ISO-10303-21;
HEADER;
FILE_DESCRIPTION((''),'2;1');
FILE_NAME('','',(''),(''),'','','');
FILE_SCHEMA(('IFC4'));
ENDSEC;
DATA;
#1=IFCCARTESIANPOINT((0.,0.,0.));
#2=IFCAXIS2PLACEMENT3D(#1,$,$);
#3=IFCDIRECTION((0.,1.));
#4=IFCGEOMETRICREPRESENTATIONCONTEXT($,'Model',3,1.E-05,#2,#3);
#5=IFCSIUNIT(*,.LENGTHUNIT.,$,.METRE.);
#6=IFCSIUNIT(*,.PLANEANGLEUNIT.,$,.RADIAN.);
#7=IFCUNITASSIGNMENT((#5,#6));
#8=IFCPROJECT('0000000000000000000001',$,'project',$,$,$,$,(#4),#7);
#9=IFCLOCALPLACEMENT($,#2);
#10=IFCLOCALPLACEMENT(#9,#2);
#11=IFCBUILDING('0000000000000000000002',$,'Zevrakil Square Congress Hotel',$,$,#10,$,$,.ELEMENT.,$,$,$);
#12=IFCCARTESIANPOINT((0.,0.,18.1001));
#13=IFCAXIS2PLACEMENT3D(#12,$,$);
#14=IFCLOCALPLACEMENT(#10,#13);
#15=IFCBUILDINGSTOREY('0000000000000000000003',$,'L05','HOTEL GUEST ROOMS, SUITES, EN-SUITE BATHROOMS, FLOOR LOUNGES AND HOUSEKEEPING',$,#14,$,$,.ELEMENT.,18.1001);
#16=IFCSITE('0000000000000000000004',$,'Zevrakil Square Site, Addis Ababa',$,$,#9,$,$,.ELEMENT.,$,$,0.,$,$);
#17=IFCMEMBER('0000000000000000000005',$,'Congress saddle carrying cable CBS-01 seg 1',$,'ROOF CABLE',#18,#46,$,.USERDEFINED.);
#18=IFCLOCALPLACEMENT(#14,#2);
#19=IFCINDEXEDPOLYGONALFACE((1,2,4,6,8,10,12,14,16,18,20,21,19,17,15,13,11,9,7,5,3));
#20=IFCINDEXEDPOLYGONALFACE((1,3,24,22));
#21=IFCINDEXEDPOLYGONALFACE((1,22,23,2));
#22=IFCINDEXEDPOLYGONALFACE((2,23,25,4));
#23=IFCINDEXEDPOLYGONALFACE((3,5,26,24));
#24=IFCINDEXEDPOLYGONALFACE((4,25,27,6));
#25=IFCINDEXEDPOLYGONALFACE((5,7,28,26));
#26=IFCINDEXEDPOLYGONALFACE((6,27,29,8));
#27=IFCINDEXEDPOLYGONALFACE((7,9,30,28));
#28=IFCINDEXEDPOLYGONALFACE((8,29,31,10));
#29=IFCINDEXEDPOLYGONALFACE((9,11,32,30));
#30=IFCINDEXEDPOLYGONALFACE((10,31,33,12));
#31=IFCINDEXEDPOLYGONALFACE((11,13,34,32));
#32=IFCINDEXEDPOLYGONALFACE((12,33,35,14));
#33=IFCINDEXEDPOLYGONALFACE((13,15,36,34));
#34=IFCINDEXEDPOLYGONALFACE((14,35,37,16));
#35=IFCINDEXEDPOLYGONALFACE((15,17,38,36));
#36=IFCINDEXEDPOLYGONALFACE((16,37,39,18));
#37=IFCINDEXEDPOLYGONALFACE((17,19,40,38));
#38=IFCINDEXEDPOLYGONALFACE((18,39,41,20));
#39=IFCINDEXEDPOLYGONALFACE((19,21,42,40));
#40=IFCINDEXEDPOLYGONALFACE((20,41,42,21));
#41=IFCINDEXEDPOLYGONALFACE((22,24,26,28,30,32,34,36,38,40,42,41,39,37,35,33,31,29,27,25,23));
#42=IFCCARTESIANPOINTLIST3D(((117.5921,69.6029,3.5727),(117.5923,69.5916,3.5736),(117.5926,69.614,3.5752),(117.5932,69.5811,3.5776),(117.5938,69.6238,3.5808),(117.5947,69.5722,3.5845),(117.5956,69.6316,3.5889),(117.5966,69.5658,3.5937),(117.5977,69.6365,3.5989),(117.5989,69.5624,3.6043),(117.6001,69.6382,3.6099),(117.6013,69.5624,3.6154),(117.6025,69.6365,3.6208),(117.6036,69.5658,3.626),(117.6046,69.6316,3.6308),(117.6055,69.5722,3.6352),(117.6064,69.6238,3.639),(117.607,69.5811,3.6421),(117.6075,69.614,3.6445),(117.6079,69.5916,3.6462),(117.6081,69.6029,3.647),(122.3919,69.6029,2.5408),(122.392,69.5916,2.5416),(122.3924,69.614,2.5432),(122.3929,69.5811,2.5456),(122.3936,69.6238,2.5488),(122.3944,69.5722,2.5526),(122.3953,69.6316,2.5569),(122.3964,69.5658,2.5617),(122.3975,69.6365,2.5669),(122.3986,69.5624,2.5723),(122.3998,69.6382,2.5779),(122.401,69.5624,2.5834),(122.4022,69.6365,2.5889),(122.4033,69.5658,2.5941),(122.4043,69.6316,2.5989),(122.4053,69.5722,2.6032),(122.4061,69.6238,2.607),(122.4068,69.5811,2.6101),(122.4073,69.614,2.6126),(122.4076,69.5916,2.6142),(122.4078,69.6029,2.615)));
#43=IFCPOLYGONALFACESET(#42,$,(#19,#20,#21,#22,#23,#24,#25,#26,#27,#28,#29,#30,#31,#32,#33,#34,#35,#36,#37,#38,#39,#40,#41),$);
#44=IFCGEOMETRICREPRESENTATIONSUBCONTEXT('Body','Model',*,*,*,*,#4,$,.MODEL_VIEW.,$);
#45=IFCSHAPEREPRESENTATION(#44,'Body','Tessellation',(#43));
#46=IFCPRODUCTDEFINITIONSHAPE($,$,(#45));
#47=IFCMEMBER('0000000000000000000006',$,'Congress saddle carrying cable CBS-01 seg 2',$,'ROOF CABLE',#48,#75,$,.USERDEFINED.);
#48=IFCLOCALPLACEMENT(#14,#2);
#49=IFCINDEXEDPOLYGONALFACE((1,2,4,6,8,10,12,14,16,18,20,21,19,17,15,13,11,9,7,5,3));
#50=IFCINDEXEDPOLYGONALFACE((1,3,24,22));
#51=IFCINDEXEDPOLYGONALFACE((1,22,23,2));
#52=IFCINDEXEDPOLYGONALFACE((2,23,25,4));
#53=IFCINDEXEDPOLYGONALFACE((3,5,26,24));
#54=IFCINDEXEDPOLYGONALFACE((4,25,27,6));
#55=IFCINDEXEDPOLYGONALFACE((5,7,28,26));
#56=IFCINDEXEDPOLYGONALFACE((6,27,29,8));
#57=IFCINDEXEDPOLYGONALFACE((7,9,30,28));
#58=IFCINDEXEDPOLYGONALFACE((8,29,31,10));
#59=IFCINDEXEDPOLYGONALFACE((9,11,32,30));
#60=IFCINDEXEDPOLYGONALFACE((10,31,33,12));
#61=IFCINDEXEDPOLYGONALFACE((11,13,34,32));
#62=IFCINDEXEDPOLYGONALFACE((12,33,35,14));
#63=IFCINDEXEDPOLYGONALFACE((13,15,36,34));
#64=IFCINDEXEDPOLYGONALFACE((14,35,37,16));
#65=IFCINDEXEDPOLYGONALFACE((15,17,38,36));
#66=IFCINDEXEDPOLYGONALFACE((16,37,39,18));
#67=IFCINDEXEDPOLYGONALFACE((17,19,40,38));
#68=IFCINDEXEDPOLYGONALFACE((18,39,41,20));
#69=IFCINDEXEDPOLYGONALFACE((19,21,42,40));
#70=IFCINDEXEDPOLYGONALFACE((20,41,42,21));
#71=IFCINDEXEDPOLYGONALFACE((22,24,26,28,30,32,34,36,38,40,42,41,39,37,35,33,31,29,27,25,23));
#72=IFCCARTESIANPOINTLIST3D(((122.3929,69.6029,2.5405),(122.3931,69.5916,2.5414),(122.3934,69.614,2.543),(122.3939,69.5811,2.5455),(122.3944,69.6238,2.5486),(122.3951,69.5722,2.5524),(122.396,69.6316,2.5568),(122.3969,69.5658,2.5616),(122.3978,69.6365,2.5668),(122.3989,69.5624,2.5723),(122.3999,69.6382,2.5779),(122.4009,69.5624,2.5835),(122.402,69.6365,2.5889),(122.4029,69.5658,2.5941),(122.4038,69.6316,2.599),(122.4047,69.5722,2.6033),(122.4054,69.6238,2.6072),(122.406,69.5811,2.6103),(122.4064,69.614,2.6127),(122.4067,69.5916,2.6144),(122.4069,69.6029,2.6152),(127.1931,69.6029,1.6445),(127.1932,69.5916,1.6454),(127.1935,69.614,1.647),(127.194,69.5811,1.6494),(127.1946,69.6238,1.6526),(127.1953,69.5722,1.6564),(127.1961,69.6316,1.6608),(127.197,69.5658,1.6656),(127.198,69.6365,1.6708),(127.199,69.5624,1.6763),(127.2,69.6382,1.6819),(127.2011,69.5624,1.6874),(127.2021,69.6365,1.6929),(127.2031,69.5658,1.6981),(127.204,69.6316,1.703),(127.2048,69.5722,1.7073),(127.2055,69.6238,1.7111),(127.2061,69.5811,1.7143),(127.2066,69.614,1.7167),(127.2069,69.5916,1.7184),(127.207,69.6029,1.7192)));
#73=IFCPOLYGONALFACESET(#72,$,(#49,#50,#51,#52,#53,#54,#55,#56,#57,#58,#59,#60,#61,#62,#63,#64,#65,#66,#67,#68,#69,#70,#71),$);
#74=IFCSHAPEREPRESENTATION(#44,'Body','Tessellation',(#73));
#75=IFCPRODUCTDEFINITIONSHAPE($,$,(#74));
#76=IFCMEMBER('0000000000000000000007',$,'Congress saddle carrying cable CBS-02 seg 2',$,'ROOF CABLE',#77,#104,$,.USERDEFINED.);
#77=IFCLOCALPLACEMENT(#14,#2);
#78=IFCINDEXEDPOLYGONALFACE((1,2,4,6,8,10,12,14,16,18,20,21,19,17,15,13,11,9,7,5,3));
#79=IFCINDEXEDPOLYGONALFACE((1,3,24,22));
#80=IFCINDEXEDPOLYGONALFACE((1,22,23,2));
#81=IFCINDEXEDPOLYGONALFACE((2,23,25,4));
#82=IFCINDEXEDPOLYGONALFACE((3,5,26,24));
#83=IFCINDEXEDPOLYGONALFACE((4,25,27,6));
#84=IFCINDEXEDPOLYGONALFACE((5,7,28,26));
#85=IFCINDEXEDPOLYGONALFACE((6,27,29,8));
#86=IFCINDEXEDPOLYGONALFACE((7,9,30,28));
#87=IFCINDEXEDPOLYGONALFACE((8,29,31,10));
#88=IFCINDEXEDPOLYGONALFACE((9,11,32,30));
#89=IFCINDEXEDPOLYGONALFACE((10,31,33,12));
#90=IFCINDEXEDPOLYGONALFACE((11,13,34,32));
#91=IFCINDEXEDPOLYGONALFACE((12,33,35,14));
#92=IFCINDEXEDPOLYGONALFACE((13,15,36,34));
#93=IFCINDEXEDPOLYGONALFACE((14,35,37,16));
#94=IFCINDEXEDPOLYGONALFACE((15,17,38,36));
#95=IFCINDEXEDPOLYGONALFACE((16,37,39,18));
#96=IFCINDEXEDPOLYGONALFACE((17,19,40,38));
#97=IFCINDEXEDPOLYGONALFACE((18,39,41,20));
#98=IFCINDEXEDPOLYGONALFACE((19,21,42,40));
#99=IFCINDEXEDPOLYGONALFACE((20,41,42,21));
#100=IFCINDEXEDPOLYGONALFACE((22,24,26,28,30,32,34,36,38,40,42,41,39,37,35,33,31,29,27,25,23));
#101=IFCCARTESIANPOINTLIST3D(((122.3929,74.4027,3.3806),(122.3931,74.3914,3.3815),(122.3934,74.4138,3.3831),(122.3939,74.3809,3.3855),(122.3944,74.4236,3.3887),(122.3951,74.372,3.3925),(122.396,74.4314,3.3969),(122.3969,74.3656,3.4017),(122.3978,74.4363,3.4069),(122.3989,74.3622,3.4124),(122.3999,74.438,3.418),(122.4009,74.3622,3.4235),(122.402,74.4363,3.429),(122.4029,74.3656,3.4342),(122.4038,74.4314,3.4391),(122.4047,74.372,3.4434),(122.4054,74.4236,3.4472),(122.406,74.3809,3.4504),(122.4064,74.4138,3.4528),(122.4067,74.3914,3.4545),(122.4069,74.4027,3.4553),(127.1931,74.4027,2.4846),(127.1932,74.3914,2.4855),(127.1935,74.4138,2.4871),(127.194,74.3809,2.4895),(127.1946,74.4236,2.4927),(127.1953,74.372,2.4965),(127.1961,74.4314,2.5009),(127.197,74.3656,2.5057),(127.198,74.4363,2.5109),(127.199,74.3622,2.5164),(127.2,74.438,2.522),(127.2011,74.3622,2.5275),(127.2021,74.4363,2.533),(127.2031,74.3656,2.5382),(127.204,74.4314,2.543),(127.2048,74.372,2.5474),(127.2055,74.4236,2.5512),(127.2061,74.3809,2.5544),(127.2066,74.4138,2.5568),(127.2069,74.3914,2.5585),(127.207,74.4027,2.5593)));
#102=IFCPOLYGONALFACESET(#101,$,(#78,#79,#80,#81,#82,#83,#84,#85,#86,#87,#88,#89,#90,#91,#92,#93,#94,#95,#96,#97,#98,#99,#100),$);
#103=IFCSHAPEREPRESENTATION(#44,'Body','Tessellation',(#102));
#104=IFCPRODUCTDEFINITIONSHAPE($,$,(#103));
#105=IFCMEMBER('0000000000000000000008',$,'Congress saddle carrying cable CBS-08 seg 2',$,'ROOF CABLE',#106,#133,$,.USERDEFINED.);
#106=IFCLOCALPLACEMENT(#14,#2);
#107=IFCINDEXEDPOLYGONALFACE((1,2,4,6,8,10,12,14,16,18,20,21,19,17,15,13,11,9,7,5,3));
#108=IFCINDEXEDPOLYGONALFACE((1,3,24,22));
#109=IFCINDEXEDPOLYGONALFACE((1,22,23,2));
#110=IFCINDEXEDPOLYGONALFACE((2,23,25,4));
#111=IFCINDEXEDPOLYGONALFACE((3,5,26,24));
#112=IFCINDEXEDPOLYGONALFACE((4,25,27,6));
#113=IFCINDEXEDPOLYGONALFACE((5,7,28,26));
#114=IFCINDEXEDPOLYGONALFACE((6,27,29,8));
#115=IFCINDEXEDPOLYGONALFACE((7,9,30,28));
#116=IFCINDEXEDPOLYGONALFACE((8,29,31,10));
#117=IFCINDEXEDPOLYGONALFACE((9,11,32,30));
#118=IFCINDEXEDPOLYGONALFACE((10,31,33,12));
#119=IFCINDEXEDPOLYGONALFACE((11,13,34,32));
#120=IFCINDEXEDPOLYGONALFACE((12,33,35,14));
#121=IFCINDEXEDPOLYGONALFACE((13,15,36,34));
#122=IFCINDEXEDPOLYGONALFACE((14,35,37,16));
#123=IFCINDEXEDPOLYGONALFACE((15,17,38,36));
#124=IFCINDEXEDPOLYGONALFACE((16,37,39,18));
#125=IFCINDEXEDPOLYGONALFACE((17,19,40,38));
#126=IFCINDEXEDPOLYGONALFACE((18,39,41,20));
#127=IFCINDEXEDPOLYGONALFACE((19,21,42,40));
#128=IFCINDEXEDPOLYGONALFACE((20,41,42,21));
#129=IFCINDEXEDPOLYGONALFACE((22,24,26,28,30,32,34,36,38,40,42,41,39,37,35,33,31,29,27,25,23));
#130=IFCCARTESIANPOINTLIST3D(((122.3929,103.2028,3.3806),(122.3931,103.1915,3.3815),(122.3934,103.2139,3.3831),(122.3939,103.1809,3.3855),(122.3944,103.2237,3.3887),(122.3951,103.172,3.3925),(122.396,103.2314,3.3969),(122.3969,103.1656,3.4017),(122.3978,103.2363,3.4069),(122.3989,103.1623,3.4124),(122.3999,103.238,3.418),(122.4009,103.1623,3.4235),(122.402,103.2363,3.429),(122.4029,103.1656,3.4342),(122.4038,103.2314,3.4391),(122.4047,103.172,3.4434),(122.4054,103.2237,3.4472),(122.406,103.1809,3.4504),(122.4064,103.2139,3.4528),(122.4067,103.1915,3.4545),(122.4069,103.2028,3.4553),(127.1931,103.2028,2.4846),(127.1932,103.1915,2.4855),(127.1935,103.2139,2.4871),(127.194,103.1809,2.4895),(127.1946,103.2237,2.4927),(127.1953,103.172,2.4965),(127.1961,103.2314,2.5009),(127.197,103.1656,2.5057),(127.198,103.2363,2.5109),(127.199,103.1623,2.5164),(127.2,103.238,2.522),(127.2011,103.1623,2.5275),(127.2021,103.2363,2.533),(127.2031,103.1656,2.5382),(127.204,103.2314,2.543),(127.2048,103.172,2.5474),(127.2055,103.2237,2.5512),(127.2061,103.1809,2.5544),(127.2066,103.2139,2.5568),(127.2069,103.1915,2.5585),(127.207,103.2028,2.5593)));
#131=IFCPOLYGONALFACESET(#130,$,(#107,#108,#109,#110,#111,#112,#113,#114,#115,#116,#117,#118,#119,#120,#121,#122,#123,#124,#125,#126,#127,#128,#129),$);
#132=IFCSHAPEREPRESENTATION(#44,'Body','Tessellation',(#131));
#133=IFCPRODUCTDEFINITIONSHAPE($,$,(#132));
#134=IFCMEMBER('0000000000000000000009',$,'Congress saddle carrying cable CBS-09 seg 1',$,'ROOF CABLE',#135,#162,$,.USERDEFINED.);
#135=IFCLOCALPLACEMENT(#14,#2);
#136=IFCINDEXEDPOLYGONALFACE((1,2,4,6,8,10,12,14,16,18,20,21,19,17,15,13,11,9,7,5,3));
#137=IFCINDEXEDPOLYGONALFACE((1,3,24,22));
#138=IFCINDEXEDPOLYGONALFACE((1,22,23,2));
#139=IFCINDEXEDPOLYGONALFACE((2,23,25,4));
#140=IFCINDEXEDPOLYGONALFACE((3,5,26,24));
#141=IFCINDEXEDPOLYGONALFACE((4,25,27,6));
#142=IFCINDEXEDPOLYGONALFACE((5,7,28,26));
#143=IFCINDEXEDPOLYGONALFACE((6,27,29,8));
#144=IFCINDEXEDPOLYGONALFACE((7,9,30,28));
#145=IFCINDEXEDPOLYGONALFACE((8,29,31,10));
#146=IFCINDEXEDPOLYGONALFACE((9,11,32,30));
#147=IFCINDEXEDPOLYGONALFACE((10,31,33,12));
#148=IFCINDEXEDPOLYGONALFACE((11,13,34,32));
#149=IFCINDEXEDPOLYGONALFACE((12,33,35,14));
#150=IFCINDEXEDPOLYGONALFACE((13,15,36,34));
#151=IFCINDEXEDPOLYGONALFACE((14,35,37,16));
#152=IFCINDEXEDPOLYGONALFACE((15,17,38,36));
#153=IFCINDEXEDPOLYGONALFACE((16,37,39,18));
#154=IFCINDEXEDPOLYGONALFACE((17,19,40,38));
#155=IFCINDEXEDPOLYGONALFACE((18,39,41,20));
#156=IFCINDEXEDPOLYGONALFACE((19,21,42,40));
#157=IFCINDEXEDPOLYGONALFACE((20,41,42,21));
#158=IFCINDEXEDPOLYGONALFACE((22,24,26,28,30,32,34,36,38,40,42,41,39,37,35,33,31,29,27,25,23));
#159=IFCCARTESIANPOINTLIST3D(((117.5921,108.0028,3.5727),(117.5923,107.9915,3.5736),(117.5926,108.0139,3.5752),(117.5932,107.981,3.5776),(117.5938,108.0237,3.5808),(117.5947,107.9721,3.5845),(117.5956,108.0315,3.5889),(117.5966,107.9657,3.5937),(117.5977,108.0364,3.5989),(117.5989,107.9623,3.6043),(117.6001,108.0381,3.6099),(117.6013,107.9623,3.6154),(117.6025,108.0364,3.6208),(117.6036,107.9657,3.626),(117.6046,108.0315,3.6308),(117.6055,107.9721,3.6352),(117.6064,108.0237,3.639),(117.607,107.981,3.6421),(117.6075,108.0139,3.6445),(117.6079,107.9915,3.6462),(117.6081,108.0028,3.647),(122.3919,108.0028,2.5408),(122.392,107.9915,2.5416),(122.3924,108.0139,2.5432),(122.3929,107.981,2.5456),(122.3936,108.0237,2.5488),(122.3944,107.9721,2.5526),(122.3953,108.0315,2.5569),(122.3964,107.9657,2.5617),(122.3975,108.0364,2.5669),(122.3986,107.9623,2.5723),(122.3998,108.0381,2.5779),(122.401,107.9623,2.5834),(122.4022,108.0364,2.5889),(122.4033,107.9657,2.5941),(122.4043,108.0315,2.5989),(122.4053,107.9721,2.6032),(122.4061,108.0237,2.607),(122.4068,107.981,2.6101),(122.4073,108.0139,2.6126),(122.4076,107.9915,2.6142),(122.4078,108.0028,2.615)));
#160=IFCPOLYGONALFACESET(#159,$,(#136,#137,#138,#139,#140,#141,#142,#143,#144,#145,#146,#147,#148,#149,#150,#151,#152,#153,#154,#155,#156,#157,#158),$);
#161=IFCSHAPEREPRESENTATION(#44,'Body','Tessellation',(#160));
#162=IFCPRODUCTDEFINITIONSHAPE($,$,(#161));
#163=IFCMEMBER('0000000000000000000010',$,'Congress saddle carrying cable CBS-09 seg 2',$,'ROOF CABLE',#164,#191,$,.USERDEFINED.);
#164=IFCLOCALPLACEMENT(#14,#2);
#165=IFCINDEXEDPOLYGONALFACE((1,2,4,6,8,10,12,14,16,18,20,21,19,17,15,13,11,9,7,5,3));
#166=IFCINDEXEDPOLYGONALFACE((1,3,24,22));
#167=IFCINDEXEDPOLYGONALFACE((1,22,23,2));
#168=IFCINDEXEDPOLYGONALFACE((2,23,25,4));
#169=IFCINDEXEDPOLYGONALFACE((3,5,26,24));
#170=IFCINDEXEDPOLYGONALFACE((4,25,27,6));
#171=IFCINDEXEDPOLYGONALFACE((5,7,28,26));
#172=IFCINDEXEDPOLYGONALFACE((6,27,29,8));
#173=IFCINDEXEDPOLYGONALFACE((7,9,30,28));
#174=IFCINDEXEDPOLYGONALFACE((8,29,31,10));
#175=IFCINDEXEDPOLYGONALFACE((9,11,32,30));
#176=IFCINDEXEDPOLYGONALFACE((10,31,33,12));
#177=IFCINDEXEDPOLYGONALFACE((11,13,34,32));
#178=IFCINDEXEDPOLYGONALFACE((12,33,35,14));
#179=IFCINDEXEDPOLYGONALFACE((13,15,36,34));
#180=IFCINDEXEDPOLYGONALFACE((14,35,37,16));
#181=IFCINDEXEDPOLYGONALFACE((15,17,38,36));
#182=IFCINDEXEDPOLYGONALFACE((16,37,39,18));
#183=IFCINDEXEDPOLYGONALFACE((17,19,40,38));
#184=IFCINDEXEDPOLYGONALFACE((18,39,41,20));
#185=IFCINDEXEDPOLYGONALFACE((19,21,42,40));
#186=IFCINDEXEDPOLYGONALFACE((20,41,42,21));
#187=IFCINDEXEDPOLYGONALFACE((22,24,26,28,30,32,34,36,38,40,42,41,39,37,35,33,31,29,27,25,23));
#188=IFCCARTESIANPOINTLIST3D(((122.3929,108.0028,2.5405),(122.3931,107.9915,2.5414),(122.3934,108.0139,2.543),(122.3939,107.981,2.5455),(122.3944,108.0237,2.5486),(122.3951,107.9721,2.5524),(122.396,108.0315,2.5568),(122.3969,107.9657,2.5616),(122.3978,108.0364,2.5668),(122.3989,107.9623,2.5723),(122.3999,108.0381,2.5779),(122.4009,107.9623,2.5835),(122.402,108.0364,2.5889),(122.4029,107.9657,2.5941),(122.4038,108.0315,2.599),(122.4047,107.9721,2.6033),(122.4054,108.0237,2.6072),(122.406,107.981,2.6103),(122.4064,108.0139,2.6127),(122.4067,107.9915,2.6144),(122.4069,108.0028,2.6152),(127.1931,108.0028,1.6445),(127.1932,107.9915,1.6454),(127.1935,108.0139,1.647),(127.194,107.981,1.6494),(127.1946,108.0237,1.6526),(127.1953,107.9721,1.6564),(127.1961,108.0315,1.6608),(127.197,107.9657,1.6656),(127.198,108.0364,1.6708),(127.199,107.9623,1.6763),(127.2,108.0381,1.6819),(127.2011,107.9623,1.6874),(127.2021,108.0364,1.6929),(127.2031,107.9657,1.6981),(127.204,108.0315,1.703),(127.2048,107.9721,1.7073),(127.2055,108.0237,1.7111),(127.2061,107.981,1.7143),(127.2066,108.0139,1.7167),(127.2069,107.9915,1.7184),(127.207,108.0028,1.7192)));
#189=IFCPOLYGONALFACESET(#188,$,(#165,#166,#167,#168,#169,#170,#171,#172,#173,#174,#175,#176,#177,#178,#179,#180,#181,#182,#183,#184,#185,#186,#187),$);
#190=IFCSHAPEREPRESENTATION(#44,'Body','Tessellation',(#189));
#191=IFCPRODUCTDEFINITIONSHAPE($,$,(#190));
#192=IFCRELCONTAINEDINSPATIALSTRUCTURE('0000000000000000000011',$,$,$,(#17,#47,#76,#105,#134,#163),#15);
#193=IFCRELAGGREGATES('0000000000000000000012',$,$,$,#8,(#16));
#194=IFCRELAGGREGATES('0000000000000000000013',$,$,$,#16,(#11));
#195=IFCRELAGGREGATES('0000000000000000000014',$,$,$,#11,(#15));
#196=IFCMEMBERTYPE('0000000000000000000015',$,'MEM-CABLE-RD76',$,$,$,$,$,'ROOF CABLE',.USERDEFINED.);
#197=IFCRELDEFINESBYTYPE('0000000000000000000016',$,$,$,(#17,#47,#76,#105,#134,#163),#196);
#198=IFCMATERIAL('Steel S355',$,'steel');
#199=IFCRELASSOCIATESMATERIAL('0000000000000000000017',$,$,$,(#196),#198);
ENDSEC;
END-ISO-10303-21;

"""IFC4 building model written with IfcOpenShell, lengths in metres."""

from ifc_helpers import new_model, si_unit, direction, frame, origin, origin_2d, place, context, subcontext, project, spatial, circle, extrude, material, material_profile, profile_set, type_object, element, save


model = new_model("IFC4")

# Units and contexts
model_context = context("Model", 3, precision=1e-05, world=origin(), true_north=direction((0.0, 1.0)))
body_context = subcontext(model_context, "Body", "Model", "MODEL_VIEW")
ifc_project = project(units=[si_unit("LENGTHUNIT", "METRE"), si_unit("PLANEANGLEUNIT", "RADIAN")], contexts=[model_context])

# Site, building, storey
site_placement = place(None, origin())
site = spatial("IfcSite", under=ifc_project, at=site_placement, Name="Zevrakil Square Site, Addis Ababa", CompositionType="ELEMENT", RefElevation=0.0)
building_placement = place(site_placement, origin())
building = spatial("IfcBuilding", under=site, at=building_placement, Name="Zevrakil Square Congress Hotel", CompositionType="ELEMENT")
storey_placement = place(building_placement, frame((0.0, 0.0, 18.1001)))
storey = spatial("IfcBuildingStorey", under=building, at=storey_placement, Name="L05", Description="HOTEL GUEST ROOMS, SUITES, EN-SUITE BATHROOMS, FLOOR LOUNGES AND HOUSEKEEPING", CompositionType="ELEMENT", Elevation=18.1001)

# Members
ifc_material_1 = material(Name="Steel S355", Category="steel")
ifc_material_profile_1 = material_profile(ifc_material_1, circle(Radius=0.0381, at=origin_2d()), Name="CABLE RD76")
ifc_profile_set_1 = profile_set([ifc_material_profile_1], Name="Steel S355")
member_type_1 = type_object("IfcMemberType", Name="MEM-CABLE-RD76", ElementType="ROOF CABLE", PredefinedType="USERDEFINED", material=ifc_profile_set_1)
member_1_placement = place(storey_placement, frame((117.6001, 69.6001, 3.6099), z_axis=(0.977658, 0.0, -0.210201), x_axis=(0.0, 1.0, 0.0)))
element("IfcMember", 1, at=member_1_placement, inside=storey, type_object=member_type_1, Name="Congress saddle carrying cable CBS-01 seg 1", ObjectType="ROOF CABLE", PredefinedType="USERDEFINED", context=body_context, shape_type="SweptSolid", body=[
    extrude(circle(Radius=0.0381, at=origin_2d()), origin(), (0.0, 0.0, 1.0), 4.9094),
])
for number, where, z_axis, x_axis, name in (
    (2, (122.3999, 69.6001, 2.5779), (0.983021, 0.0, -0.183495), (0.0, 1.0, 0.0), "Congress saddle carrying cable CBS-01 seg 2"),
    (3, (122.3999, 74.3999, 3.418), (0.983021, 0.0, -0.183495), (0.0, 1.0, 0.0), "Congress saddle carrying cable CBS-02 seg 2"),
    (4, (122.3999, 103.2, 3.418), (0.983021, 0.0, -0.183495), (0.0, 1.0, 0.0), "Congress saddle carrying cable CBS-08 seg 2"),
):
    element("IfcMember", number, at=place(storey_placement, frame(where, z_axis=z_axis, x_axis=x_axis)), inside=storey, type_object=member_type_1, Name=name, ObjectType="ROOF CABLE", PredefinedType="USERDEFINED", context=body_context, shape_type="SweptSolid", body=[
        extrude(circle(Radius=0.0381, at=origin_2d()), origin(), (0.0, 0.0, 1.0), 4.8831),
    ])
member_2_placement = place(storey_placement, frame((117.6001, 108.0, 3.6099), z_axis=(0.977658, 0.0, -0.210201), x_axis=(0.0, 1.0, 0.0)))
element("IfcMember", 5, at=member_2_placement, inside=storey, type_object=member_type_1, Name="Congress saddle carrying cable CBS-09 seg 1", ObjectType="ROOF CABLE", PredefinedType="USERDEFINED", context=body_context, shape_type="SweptSolid", body=[
    extrude(circle(Radius=0.0381, at=origin_2d()), origin(), (0.0, 0.0, 1.0), 4.9094),
])
member_3_placement = place(storey_placement, frame((122.3999, 108.0, 2.5779), z_axis=(0.983021, 0.0, -0.183495), x_axis=(0.0, 1.0, 0.0)))
element("IfcMember", 6, at=member_3_placement, inside=storey, type_object=member_type_1, Name="Congress saddle carrying cable CBS-09 seg 2", ObjectType="ROOF CABLE", PredefinedType="USERDEFINED", context=body_context, shape_type="SweptSolid", body=[
    extrude(circle(Radius=0.0381, at=origin_2d()), origin(), (0.0, 0.0, 1.0), 4.8831),
])

save(model, "model.ifc")
